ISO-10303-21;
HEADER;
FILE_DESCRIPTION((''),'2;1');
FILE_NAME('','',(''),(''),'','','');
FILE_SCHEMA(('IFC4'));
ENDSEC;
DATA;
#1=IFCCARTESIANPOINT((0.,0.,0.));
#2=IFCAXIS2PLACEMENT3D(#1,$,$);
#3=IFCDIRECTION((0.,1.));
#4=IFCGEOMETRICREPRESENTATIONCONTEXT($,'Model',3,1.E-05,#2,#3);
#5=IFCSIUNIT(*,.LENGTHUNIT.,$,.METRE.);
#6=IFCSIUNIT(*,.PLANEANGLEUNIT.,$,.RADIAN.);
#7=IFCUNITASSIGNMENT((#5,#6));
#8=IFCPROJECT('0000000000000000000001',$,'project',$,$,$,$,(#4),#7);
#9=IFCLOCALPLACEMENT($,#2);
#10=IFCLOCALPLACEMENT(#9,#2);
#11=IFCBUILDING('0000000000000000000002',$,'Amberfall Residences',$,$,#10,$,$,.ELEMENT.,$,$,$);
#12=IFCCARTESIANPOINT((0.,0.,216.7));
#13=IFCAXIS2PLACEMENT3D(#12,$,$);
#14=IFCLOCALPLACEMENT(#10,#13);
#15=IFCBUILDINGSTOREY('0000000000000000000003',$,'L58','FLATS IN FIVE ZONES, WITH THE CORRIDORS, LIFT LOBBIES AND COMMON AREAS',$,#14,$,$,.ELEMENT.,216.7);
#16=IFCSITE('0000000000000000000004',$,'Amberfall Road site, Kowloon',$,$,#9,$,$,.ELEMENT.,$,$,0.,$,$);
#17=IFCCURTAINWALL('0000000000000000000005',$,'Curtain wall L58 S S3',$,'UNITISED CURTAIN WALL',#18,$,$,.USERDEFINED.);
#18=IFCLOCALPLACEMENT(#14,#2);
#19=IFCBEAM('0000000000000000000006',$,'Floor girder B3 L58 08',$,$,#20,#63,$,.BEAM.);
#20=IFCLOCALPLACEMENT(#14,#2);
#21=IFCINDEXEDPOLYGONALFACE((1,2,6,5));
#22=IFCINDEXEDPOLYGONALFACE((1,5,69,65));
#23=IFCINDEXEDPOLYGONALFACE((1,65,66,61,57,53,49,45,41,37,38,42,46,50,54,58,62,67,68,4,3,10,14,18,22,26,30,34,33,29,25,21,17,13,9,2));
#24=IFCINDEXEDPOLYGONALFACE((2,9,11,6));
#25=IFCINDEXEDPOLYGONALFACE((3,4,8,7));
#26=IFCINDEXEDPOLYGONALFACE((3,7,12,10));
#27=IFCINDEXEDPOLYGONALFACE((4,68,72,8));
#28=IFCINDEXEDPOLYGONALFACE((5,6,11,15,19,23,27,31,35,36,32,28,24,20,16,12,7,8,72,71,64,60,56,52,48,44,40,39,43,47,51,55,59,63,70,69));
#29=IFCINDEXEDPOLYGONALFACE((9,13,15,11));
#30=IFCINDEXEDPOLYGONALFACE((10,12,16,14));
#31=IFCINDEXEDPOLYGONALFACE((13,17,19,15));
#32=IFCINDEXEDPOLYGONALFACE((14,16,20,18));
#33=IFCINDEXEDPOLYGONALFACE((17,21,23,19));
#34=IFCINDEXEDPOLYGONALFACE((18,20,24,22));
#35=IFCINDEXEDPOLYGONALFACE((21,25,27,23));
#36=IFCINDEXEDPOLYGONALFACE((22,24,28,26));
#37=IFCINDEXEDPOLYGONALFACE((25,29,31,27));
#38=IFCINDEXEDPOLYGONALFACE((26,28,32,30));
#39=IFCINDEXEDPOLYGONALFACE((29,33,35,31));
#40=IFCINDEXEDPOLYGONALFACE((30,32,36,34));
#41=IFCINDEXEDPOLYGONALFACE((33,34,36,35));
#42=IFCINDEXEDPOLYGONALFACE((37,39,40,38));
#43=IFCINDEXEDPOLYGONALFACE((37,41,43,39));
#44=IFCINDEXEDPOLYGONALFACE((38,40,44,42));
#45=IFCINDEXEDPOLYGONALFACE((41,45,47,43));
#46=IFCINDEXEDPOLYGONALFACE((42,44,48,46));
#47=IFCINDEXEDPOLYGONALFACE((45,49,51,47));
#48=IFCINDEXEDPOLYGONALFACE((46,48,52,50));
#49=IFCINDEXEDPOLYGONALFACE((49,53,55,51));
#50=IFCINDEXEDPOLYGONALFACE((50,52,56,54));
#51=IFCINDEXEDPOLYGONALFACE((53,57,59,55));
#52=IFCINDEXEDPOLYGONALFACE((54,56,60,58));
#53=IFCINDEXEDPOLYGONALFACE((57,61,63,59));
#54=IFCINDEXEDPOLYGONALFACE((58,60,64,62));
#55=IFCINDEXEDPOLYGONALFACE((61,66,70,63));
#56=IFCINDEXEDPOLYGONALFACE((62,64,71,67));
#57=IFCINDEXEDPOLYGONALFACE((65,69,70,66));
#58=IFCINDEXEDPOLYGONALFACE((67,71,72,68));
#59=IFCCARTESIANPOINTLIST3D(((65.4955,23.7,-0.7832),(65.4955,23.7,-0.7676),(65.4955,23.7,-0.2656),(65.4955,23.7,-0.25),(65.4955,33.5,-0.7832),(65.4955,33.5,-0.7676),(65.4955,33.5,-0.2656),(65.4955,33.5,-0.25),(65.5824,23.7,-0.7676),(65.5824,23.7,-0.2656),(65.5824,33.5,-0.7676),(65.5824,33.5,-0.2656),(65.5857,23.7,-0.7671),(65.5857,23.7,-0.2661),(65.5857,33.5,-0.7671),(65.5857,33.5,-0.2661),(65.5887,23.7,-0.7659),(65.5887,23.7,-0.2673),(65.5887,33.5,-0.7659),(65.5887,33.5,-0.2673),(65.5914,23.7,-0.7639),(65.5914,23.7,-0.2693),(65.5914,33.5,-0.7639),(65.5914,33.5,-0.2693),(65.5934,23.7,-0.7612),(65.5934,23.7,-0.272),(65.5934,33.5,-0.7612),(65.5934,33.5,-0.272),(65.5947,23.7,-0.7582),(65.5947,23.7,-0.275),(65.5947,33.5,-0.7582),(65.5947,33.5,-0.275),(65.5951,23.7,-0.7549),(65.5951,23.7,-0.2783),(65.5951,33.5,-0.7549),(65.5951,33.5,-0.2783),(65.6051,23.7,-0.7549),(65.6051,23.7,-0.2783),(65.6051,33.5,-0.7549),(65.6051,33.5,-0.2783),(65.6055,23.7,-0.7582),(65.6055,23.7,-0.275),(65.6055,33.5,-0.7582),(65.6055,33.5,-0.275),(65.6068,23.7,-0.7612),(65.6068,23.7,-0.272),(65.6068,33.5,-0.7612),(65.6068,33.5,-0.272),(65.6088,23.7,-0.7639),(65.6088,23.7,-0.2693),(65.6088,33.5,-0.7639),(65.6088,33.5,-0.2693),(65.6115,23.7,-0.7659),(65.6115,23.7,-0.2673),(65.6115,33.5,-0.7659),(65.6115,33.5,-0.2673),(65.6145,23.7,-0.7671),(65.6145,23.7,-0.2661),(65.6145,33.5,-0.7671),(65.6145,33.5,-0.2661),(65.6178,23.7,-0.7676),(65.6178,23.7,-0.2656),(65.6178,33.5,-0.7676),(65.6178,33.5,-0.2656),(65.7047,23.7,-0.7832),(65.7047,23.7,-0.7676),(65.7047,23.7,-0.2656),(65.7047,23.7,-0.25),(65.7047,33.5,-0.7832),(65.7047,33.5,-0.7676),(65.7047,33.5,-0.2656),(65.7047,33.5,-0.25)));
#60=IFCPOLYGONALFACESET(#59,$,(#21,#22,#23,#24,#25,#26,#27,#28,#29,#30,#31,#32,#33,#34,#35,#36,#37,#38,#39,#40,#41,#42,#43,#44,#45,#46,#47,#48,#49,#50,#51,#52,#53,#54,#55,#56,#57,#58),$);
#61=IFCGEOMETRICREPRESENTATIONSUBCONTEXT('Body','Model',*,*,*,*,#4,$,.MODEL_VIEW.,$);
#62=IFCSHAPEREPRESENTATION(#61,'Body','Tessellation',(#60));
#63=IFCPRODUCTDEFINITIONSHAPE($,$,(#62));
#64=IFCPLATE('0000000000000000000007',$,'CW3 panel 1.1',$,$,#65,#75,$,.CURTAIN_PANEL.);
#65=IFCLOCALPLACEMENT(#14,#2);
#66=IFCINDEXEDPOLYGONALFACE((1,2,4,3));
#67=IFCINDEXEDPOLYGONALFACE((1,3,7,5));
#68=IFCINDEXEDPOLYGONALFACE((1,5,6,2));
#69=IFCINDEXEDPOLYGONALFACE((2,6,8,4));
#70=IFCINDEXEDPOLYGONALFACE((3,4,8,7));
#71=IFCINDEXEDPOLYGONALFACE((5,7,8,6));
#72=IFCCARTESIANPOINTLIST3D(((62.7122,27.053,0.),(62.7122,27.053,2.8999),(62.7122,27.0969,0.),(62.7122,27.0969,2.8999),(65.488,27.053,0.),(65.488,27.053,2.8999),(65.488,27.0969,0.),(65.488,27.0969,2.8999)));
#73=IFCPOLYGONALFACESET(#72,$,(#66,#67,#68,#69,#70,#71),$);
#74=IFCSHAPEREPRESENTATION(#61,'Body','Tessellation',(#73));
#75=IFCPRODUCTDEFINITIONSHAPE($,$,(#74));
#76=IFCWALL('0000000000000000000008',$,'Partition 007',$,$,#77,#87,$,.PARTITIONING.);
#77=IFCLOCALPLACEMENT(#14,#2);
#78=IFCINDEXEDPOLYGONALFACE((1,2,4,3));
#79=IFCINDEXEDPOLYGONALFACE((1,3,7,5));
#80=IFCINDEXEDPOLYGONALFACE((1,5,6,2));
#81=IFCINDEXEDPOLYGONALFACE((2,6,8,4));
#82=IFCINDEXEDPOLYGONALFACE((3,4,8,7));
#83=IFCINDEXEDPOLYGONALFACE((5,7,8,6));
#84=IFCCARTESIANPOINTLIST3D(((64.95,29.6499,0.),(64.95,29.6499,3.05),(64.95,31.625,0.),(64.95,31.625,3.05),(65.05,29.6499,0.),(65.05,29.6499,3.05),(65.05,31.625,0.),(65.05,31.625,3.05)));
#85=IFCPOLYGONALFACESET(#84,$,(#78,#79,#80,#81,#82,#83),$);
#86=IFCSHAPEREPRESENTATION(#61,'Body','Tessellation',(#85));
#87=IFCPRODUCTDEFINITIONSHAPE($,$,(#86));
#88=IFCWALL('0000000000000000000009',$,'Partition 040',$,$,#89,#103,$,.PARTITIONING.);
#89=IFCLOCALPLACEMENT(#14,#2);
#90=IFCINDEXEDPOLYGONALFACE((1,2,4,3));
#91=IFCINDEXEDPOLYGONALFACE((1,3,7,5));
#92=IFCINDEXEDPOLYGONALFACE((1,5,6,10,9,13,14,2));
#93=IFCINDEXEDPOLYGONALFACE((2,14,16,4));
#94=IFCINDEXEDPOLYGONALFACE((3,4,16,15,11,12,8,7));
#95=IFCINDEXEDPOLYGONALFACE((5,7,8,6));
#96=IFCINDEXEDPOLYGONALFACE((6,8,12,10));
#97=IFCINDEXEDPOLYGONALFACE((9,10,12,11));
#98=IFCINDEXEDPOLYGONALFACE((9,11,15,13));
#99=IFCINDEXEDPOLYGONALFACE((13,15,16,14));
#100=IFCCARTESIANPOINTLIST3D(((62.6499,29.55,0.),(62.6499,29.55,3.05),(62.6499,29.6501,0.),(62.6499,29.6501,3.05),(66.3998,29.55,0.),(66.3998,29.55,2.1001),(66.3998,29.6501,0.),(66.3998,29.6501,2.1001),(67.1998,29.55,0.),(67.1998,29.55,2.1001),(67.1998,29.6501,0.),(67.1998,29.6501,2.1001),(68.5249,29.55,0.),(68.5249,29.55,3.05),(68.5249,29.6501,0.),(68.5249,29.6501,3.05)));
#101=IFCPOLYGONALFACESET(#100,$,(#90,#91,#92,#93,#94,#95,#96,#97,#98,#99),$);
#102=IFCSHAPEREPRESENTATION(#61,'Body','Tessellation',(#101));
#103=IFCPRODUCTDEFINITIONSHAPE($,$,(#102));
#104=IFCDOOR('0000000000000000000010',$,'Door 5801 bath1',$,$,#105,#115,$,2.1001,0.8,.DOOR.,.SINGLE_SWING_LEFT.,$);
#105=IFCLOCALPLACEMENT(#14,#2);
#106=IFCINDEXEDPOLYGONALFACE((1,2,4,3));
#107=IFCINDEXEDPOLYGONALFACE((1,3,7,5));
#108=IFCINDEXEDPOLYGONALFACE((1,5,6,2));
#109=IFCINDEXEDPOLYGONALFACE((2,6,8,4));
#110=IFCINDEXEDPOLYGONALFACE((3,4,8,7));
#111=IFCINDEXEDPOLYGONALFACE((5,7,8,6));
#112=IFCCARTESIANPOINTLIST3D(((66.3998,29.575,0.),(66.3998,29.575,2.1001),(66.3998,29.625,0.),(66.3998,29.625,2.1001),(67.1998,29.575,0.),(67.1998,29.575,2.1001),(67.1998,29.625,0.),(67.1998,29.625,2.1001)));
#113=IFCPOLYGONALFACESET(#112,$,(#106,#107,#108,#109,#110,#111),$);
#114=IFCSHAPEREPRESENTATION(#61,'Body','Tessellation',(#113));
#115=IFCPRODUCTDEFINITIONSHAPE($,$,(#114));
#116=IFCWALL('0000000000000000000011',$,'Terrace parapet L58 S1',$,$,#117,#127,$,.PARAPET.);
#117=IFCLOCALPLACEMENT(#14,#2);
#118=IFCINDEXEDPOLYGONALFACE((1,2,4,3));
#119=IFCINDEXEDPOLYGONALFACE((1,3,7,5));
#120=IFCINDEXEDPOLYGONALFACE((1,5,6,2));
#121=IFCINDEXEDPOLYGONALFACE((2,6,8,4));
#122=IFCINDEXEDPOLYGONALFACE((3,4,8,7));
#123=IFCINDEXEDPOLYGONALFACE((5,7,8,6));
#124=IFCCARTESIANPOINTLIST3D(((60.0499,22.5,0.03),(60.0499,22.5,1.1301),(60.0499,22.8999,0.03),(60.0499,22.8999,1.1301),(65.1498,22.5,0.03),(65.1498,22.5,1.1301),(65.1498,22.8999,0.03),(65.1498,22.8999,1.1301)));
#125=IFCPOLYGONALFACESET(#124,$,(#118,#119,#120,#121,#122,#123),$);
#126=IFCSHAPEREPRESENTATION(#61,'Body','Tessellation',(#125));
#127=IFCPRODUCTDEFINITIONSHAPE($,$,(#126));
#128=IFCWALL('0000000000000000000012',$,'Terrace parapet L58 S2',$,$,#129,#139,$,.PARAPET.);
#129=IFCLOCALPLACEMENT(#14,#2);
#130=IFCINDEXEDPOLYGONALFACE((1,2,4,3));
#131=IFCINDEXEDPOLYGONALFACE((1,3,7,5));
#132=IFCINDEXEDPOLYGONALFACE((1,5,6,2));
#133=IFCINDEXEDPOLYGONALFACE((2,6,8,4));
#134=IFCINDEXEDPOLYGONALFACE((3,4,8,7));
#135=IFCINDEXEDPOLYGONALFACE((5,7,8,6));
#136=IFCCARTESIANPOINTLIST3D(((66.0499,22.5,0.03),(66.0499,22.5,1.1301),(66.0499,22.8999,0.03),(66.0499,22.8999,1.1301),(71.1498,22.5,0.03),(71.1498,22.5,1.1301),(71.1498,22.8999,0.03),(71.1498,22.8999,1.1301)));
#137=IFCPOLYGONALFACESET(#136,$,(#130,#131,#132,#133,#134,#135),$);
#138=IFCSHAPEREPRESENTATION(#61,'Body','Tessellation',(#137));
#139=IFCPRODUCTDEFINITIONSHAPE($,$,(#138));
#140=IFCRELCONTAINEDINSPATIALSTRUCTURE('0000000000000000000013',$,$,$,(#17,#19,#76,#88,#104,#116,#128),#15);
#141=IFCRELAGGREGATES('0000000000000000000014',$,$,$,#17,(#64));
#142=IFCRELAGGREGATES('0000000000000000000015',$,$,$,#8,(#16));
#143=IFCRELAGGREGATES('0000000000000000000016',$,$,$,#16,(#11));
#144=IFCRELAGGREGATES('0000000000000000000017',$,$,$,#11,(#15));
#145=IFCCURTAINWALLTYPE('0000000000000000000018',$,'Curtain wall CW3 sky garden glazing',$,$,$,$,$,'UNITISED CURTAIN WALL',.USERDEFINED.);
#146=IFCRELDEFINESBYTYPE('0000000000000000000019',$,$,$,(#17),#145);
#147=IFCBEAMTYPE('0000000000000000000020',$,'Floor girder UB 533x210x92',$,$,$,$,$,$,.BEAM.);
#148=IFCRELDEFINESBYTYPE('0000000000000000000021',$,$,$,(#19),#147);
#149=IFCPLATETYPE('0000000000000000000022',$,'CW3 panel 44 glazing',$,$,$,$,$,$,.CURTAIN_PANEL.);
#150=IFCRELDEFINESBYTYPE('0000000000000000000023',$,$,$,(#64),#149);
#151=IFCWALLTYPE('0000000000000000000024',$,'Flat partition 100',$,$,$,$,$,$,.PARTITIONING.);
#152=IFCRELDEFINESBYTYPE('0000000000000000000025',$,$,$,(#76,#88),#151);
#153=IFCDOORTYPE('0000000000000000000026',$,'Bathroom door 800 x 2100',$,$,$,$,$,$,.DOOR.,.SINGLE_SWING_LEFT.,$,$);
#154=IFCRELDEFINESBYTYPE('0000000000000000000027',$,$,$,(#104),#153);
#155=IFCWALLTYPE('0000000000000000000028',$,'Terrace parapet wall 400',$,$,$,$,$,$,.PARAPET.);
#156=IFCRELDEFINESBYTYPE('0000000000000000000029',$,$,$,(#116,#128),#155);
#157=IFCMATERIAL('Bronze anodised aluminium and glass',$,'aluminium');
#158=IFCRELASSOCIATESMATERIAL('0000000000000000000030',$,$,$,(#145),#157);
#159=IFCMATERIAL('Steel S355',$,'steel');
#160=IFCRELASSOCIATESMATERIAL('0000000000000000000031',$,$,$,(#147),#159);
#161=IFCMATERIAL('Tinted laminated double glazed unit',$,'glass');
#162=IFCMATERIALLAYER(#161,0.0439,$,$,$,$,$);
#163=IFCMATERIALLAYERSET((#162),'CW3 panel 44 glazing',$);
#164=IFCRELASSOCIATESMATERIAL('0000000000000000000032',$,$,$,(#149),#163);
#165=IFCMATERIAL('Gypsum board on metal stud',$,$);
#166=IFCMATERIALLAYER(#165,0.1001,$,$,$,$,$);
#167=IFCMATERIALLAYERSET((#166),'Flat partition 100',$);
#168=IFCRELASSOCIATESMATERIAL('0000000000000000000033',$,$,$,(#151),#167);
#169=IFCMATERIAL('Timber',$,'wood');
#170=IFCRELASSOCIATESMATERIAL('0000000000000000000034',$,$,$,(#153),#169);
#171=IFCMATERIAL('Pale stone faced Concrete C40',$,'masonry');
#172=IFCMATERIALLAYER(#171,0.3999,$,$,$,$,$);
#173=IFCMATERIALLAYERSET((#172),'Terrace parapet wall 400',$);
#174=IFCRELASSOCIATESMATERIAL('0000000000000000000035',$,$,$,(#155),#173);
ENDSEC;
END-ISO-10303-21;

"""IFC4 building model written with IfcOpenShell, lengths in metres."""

from ifc_helpers import new_model, si_unit, direction, frame, frame_2d, origin, origin_2d, place, context, subcontext, project, spatial, rectangle, i_section, extrude, material, layer, layer_set, material_profile, profile_set, type_object, element, fill, aggregate, save


model = new_model("IFC4")

# Units and contexts
model_context = context("Model", 3, precision=1e-05, world=origin(), true_north=direction((0.0, 1.0)))
body_context = subcontext(model_context, "Body", "Model", "MODEL_VIEW")
ifc_project = project(units=[si_unit("LENGTHUNIT", "METRE"), si_unit("PLANEANGLEUNIT", "RADIAN")], contexts=[model_context])

# Site, building, storey
site_placement = place(None, origin())
site = spatial("IfcSite", under=ifc_project, at=site_placement, Name="Amberfall Road site, Kowloon", CompositionType="ELEMENT", RefElevation=0.0)
building_placement = place(site_placement, origin())
building = spatial("IfcBuilding", under=site, at=building_placement, Name="Amberfall Residences", CompositionType="ELEMENT")
storey_placement = place(building_placement, frame((0.0, 0.0, 216.7)))
storey = spatial("IfcBuildingStorey", under=building, at=storey_placement, Name="L58", Description="FLATS IN FIVE ZONES, WITH THE CORRIDORS, LIFT LOBBIES AND COMMON AREAS", CompositionType="ELEMENT", Elevation=216.7)

# Curtain wall
ifc_material_1 = material(Name="Bronze anodised aluminium and glass", Category="aluminium")
curtain_wall_type = type_object("IfcCurtainWallType", Name="Curtain wall CW3 sky garden glazing", ElementType="UNITISED CURTAIN WALL", PredefinedType="USERDEFINED", material=ifc_material_1)
curtain_wall_placement = place(storey_placement, origin())
curtain_wall = element("IfcCurtainWall", 1, at=curtain_wall_placement, inside=storey, type_object=curtain_wall_type, Name="Curtain wall L58 S S3", ObjectType="UNITISED CURTAIN WALL", PredefinedType="USERDEFINED")

# Beam
ifc_material_2 = material(Name="Steel S355", Category="steel")
ifc_material_profile_1 = material_profile(ifc_material_2, i_section(OverallWidth=0.2092, OverallDepth=0.5332, WebThickness=0.01, FlangeThickness=0.0156, FilletRadius=0.0127, at=origin_2d()), Name="UB 533x210x92")
ifc_profile_set_1 = profile_set([ifc_material_profile_1], Name="Steel S355")
beam_type_1 = type_object("IfcBeamType", Name="Floor girder UB 533x210x92", PredefinedType="BEAM", material=ifc_profile_set_1)
beam_placement = place(storey_placement, frame((65.6001, 23.7, -0.5166), z_axis=(0.0, 1.0, 0.0), x_axis=(-1.0, 0.0, 0.0)))
element("IfcBeam", 2, at=beam_placement, inside=storey, type_object=beam_type_1, Name="Floor girder B3 L58 08", PredefinedType="BEAM", context=body_context, shape_type="SweptSolid", body=[
    extrude(i_section(OverallWidth=0.2092, OverallDepth=0.5332, WebThickness=0.01, FlangeThickness=0.0156, FilletRadius=0.0127, at=origin_2d()), origin(), (0.0, 0.0, 1.0), 9.8),
])

# Plate
ifc_material_3 = material(Name="Tinted laminated double glazed unit", Category="glass")
ifc_layer_1 = layer(ifc_material_3, 0.0439)
ifc_layer_set_1 = layer_set([ifc_layer_1], Name="CW3 panel 44 glazing")
plate_type = type_object("IfcPlateType", Name="CW3 panel 44 glazing", PredefinedType="CURTAIN_PANEL", material=ifc_layer_set_1)
plate_placement = place(storey_placement, frame((64.1001, 27.075, 0.0), z_axis=(0.0, 0.0, 1.0), x_axis=(1.0, 0.0, 0.0)))
plate = element("IfcPlate", 3, at=plate_placement, type_object=plate_type, Name="CW3 panel 1.1", PredefinedType="CURTAIN_PANEL", context=body_context, shape_type="SweptSolid", body=[
    extrude(rectangle(XDim=2.7759, YDim=0.0439, at=origin_2d()), origin(), (0.0, 0.0, 1.0), 2.8999),
])
aggregate(curtain_wall, [plate])

# Wall
ifc_material_4 = material(Name="Gypsum board on metal stud")
ifc_layer_2 = layer(ifc_material_4, 0.1001)
ifc_layer_set_2 = layer_set([ifc_layer_2], Name="Flat partition 100")
wall_type_1 = type_object("IfcWallType", Name="Flat partition 100", PredefinedType="PARTITIONING", material=ifc_layer_set_2)
wall_1_placement = place(storey_placement, frame((65.0, 29.6499, 0.0), z_axis=(0.0, 0.0, 1.0), x_axis=(0.0, 1.0, 0.0)))
element("IfcWall", 4, at=wall_1_placement, inside=storey, type_object=wall_type_1, Name="Partition 007", PredefinedType="PARTITIONING", context=body_context, shape_type="SweptSolid", body=[
    extrude(rectangle(XDim=1.9751, YDim=0.1001, at=frame_2d((0.9875, 0.0))), origin(), (0.0, 0.0, 1.0), 3.05),
])

# Wall, opening, door
wall_2_placement = place(storey_placement, frame((62.6499, 29.6001, 0.0), z_axis=(0.0, 0.0, 1.0), x_axis=(1.0, 0.0, 0.0)))
wall_2 = element("IfcWall", 5, at=wall_2_placement, inside=storey, type_object=wall_type_1, Name="Partition 040", PredefinedType="PARTITIONING", context=body_context, shape_type="SweptSolid", body=[
    extrude(rectangle(XDim=5.875, YDim=0.1001, at=frame_2d((2.9375, 0.0))), origin(), (0.0, 0.0, 1.0), 3.05),
])
opening_1_placement = place(wall_2_placement, frame((3.75, 0.0, 0.0)))
opening_1 = element("IfcOpeningElement", 6, at=opening_1_placement, cuts=wall_2, PredefinedType="OPENING", context=body_context, shape_type="SweptSolid", body=[
    extrude(rectangle(XDim=0.8, YDim=2.1001, at=frame_2d((0.3999, 1.05))), frame((0.0, 0.0601, 0.0), z_axis=(0.0, -1.0, 0.0), x_axis=(1.0, 0.0, 0.0)), (0.0, 0.0, 1.0), 0.1201),
])
ifc_material_5 = material(Name="Timber", Category="wood")
door_type_1 = type_object("IfcDoorType", Name="Bathroom door 800 x 2100", OperationType="SINGLE_SWING_LEFT", PredefinedType="DOOR", material=ifc_material_5)
door_1_placement = place(opening_1_placement, origin())
door_1 = element("IfcDoor", 7, at=door_1_placement, inside=storey, type_object=door_type_1, Name="Door 5801 bath1", OperationType="SINGLE_SWING_LEFT", OverallHeight=2.1001, OverallWidth=0.8, PredefinedType="DOOR", context=body_context, shape_type="SweptSolid", body=[
    extrude(rectangle(XDim=0.8, YDim=2.1001, at=frame_2d((0.3999, 1.05))), frame((0.0, 0.0249, 0.0), z_axis=(0.0, -1.0, 0.0), x_axis=(1.0, 0.0, 0.0)), (0.0, 0.0, 1.0), 0.05),
])
fill(opening_1, door_1)

# Walls
ifc_material_6 = material(Name="Pale stone faced Concrete C40", Category="masonry")
ifc_layer_3 = layer(ifc_material_6, 0.3999)
ifc_layer_set_3 = layer_set([ifc_layer_3], Name="Terrace parapet wall 400")
wall_type_2 = type_object("IfcWallType", Name="Terrace parapet wall 400", PredefinedType="PARAPET", material=ifc_layer_set_3)
for number, where, z_axis, x_axis, name in (
    (8, (60.05, 22.7, 0.03), (0.0, 0.0, 1.0), (1.0, 0.0, 0.0), "Terrace parapet L58 S1"),
    (9, (66.05, 22.7, 0.03), (0.0, 0.0, 1.0), (1.0, 0.0, 0.0), "Terrace parapet L58 S2"),
):
    element("IfcWall", number, at=place(storey_placement, frame(where, z_axis=z_axis, x_axis=x_axis)), inside=storey, type_object=wall_type_2, Name=name, PredefinedType="PARAPET", context=body_context, shape_type="SweptSolid", body=[
        extrude(rectangle(XDim=5.0999, YDim=0.3999, at=frame_2d((2.5498, 0.0))), origin(), (0.0, 0.0, 1.0), 1.1001),
    ])

save(model, "model.ifc")
